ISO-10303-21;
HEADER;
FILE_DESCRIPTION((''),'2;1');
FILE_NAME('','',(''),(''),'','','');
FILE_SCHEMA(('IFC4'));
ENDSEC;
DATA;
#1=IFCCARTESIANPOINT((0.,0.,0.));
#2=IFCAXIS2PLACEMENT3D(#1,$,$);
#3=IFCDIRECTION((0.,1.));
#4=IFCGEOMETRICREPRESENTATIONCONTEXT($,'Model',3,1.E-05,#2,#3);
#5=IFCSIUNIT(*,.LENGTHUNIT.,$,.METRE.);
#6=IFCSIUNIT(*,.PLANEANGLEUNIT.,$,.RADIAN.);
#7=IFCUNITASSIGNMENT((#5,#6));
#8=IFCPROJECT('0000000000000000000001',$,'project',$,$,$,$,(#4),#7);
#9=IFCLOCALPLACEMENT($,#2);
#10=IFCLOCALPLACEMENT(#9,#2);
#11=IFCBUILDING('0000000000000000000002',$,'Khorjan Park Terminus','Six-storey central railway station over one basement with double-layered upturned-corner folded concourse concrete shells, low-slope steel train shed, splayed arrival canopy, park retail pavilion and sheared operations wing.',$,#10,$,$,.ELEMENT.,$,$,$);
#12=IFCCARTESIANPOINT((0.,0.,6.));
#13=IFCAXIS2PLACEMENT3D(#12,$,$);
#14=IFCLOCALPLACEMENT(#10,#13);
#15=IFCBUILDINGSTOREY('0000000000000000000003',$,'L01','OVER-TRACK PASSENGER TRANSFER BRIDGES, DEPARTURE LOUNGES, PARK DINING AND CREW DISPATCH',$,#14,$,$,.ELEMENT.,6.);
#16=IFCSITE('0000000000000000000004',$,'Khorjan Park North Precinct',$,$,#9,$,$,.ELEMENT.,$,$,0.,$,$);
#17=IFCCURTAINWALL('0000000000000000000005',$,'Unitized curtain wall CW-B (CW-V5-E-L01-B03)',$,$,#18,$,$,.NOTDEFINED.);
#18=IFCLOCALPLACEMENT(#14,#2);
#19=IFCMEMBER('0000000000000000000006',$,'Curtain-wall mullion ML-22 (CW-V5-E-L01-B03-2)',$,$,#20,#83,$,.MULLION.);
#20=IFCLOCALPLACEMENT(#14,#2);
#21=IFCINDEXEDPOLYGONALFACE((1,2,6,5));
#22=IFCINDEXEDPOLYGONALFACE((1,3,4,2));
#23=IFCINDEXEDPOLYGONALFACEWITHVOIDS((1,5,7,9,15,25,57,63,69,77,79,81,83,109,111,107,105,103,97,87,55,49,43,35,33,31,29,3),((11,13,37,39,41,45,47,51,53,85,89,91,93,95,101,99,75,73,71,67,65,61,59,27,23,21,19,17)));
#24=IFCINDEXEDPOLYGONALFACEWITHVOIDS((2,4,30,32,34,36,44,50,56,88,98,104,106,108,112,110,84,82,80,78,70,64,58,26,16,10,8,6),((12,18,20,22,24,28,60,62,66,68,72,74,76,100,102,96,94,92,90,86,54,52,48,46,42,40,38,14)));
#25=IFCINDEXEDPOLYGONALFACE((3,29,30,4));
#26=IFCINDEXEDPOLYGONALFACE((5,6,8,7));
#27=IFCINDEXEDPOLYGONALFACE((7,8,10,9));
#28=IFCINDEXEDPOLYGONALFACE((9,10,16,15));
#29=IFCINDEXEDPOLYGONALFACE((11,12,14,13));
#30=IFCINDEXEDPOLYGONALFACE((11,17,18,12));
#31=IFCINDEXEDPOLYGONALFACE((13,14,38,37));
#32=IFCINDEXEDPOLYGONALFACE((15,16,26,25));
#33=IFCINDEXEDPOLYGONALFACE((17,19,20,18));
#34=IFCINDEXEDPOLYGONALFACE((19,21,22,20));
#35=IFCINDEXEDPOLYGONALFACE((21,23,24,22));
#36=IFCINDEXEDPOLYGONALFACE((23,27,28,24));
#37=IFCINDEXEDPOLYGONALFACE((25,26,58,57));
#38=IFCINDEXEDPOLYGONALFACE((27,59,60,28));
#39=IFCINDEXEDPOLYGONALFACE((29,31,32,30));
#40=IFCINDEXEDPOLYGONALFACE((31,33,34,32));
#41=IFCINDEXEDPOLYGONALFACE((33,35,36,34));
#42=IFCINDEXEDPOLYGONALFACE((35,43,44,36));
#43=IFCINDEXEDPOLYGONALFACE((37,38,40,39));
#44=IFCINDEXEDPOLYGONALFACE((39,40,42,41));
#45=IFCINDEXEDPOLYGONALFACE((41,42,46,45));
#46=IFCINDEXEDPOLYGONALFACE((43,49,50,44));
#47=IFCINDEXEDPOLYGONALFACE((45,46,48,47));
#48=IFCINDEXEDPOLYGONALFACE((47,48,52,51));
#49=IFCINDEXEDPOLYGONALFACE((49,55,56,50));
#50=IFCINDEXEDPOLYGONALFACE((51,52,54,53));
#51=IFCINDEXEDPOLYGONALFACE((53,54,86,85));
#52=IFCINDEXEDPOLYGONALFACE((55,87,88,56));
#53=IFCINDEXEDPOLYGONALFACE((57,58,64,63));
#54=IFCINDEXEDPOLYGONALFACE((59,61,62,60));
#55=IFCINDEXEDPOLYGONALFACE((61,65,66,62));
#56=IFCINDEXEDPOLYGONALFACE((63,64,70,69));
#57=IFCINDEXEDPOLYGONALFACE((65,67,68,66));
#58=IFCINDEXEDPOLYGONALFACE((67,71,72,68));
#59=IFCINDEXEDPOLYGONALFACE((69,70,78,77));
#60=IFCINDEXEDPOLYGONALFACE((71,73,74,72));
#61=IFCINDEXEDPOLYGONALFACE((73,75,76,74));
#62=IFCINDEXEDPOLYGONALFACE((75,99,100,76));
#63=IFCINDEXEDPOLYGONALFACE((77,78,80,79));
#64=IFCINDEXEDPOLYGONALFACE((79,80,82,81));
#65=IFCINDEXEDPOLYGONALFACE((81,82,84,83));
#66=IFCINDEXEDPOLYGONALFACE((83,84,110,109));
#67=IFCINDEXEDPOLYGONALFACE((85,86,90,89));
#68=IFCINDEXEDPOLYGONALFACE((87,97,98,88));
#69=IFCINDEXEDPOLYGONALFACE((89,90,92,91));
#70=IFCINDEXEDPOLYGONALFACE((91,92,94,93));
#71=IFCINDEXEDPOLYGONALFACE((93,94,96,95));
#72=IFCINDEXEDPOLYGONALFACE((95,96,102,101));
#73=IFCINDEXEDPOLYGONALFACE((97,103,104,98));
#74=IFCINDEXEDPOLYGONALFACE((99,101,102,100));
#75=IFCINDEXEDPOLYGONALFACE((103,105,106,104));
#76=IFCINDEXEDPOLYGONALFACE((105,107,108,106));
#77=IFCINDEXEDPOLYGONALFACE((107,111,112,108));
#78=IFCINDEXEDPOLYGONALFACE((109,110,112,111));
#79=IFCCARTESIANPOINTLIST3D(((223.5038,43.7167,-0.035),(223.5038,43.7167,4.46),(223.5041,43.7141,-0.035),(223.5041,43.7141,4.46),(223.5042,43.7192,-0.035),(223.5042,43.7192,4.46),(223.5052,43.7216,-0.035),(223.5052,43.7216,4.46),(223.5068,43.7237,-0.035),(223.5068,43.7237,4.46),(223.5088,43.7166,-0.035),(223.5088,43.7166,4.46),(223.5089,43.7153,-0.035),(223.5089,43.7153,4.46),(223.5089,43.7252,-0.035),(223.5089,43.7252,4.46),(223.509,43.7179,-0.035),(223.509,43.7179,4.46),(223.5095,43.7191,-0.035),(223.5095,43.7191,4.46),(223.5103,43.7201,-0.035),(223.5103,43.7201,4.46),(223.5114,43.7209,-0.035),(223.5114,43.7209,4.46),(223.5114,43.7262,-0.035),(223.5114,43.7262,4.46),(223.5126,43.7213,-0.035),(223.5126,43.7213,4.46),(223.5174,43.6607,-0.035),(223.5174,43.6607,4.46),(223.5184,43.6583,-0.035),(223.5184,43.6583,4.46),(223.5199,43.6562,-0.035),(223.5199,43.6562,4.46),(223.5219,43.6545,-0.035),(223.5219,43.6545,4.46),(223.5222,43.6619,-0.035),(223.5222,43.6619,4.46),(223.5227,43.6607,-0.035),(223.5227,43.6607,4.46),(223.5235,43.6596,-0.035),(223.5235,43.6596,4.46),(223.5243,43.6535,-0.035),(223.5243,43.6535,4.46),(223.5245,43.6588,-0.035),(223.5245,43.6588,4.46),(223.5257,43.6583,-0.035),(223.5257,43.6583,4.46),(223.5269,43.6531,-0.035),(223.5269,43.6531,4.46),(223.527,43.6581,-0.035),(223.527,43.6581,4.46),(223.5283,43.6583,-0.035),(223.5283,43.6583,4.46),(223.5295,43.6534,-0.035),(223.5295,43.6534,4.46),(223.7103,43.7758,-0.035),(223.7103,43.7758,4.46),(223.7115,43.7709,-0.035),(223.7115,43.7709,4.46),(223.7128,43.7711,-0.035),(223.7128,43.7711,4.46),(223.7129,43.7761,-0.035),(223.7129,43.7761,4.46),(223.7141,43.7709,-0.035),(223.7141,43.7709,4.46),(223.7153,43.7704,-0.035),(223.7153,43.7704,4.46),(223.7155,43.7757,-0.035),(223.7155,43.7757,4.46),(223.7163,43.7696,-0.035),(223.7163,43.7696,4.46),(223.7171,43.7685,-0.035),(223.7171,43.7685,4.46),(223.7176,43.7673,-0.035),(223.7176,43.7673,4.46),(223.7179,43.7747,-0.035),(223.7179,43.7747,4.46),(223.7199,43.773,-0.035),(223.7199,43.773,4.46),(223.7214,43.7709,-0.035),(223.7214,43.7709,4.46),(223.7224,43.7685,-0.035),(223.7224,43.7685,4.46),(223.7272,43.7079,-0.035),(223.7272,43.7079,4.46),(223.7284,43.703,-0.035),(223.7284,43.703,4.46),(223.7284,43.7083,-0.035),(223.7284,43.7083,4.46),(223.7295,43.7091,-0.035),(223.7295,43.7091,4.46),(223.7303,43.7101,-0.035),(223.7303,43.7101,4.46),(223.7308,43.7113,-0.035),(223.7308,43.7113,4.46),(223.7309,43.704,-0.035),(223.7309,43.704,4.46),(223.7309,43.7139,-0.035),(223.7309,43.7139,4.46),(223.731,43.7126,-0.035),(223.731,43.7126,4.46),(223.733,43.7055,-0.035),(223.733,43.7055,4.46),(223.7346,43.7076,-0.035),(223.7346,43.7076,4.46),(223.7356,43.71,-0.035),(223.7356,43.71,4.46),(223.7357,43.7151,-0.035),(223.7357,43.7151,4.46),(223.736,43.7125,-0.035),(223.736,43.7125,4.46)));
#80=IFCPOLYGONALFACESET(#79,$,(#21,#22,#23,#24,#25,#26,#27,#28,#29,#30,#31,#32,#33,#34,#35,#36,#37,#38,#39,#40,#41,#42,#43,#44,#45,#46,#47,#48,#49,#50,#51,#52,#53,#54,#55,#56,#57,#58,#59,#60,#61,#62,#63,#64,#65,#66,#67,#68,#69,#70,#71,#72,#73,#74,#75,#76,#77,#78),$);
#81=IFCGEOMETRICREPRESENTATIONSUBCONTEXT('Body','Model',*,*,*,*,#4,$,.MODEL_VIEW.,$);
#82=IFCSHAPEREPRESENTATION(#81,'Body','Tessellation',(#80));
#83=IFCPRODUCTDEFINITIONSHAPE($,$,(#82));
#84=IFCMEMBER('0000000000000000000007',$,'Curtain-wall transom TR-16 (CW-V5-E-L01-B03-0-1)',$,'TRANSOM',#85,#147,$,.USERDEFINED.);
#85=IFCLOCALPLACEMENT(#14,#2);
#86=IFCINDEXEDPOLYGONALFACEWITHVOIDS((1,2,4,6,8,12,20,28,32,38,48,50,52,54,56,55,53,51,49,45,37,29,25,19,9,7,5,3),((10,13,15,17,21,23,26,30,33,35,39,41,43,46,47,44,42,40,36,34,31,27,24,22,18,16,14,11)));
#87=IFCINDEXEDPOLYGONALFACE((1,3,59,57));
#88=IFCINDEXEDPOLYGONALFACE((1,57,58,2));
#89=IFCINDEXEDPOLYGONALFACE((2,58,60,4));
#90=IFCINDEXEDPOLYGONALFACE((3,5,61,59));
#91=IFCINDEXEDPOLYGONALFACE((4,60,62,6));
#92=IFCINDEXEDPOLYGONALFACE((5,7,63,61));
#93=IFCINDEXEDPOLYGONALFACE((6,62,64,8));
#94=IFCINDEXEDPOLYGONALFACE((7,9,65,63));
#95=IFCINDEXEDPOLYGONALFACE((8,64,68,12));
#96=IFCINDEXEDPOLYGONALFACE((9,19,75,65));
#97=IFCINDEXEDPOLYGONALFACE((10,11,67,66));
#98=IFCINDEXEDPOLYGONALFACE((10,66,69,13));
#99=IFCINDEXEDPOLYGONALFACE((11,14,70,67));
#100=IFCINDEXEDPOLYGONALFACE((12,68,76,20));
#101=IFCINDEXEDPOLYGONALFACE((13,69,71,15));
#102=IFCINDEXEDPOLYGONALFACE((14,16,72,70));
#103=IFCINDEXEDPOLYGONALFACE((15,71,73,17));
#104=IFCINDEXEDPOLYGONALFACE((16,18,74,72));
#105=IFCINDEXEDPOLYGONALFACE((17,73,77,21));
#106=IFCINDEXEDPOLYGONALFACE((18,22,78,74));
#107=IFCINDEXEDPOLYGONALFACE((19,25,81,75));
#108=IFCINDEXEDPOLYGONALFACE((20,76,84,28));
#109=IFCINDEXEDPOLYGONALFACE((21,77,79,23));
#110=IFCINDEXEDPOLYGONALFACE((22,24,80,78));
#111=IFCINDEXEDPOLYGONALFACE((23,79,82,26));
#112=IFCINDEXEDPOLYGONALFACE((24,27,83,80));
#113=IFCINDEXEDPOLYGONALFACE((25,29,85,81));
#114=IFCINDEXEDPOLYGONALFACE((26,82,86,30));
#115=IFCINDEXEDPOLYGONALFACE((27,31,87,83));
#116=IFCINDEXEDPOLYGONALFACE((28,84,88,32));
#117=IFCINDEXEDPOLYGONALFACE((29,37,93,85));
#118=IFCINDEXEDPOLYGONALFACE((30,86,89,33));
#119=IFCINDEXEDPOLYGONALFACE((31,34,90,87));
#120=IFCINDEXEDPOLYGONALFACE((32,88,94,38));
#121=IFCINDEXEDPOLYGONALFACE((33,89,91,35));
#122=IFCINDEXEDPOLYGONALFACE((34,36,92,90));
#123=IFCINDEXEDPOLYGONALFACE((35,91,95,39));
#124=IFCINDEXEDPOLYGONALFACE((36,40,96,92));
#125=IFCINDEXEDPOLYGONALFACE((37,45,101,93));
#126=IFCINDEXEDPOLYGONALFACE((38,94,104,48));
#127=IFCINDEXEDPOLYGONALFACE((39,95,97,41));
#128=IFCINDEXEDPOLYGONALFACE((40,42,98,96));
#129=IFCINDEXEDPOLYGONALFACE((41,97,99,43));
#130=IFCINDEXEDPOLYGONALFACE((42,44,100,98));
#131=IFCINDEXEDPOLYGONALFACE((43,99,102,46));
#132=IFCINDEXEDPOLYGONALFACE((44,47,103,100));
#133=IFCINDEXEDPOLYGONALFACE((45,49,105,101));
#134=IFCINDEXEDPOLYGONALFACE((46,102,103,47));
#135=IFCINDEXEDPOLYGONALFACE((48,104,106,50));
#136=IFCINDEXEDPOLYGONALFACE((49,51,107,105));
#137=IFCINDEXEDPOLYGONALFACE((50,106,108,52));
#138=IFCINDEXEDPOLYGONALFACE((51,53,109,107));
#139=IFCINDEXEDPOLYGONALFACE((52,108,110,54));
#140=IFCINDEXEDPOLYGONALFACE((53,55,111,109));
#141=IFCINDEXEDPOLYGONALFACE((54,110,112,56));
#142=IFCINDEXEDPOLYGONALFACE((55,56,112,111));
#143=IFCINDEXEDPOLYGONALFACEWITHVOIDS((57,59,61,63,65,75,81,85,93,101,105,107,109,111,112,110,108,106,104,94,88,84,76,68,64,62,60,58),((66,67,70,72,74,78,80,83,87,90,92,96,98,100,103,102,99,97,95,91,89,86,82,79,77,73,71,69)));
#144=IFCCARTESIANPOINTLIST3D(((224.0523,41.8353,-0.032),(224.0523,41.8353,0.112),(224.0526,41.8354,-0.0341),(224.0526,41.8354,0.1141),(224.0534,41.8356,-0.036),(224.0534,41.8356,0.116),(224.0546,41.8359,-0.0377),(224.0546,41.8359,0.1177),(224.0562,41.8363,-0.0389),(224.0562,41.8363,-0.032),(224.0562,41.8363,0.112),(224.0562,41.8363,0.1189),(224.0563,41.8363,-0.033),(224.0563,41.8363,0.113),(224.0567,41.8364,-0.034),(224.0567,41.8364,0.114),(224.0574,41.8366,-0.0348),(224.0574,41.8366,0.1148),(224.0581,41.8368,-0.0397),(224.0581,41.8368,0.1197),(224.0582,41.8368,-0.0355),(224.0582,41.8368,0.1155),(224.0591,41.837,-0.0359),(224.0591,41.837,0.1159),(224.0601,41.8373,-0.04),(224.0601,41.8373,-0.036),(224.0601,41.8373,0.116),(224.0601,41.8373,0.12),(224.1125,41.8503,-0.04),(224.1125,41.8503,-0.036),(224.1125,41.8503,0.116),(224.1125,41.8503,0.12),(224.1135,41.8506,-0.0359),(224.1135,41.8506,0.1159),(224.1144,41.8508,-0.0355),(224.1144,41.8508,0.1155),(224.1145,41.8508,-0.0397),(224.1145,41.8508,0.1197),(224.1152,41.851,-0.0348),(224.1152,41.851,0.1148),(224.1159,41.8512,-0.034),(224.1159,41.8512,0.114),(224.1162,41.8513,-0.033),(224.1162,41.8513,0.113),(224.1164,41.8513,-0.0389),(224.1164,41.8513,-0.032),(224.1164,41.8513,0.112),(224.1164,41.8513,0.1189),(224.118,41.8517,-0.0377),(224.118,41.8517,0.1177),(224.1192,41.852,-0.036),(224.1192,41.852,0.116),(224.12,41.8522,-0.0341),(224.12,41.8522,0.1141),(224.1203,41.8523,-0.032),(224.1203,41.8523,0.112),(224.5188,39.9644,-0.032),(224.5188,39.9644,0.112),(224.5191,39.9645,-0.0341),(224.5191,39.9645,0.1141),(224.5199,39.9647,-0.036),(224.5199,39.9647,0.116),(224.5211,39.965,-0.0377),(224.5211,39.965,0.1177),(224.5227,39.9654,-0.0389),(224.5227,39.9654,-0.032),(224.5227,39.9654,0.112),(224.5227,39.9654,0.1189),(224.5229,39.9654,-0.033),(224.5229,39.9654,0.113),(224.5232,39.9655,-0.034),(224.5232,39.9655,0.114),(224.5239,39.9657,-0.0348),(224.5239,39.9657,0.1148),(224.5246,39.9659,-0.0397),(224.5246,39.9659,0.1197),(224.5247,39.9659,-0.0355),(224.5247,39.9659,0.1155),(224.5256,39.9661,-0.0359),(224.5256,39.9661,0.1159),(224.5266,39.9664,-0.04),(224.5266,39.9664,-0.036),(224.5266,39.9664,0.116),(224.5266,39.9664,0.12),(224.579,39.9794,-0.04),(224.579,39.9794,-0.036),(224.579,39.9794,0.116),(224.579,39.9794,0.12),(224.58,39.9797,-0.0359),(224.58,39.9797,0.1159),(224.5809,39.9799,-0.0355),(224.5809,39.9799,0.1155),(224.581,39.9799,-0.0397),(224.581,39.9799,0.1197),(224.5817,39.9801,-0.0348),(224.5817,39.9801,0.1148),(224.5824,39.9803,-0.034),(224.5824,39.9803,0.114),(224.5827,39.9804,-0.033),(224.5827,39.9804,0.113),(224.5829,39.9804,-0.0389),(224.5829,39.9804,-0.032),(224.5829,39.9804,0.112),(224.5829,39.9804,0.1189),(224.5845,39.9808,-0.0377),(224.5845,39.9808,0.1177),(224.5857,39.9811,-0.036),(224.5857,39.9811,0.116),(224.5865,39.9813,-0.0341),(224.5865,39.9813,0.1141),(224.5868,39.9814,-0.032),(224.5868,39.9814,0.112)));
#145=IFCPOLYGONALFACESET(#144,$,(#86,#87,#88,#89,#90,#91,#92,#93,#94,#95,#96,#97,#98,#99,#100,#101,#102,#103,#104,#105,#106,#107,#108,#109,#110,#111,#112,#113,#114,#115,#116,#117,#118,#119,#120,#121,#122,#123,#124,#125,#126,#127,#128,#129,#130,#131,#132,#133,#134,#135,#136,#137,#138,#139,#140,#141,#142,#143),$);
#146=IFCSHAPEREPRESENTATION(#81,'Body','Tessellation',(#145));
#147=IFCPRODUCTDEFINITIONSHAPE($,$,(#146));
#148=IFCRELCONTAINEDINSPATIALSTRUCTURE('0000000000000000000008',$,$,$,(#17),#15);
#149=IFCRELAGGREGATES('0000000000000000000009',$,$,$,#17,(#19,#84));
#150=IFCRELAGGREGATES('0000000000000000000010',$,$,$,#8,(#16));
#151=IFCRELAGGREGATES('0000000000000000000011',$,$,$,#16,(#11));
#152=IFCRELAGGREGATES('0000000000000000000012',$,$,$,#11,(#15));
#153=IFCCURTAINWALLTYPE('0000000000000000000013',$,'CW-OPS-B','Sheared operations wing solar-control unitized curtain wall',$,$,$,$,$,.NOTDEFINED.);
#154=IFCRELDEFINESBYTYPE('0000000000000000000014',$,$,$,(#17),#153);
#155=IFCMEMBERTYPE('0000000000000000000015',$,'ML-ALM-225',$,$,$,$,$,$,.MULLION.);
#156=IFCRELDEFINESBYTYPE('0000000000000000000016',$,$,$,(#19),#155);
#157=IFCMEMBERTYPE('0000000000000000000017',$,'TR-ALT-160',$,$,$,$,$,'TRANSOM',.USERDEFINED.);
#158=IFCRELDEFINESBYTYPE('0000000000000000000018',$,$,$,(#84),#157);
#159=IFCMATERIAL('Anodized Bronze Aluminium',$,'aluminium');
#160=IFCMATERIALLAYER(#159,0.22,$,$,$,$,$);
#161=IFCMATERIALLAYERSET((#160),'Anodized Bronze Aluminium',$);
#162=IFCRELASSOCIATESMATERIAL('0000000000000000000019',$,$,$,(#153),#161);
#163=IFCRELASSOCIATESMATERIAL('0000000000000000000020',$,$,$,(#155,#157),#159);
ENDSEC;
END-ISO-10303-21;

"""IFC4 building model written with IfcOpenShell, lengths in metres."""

from ifc_helpers import new_model, si_unit, direction, frame, origin, origin_2d, place, context, subcontext, project, spatial, hollow_rectangle, extrude, material, layer, layer_set, material_profile, profile_set, type_object, element, aggregate, save


model = new_model("IFC4")

# Units and contexts
model_context = context("Model", 3, precision=1e-05, world=origin(), true_north=direction((0.0, 1.0)))
body_context = subcontext(model_context, "Body", "Model", "MODEL_VIEW")
ifc_project = project(units=[si_unit("LENGTHUNIT", "METRE"), si_unit("PLANEANGLEUNIT", "RADIAN")], contexts=[model_context])

# Site, building, storey
site_placement = place(None, origin())
site = spatial("IfcSite", under=ifc_project, at=site_placement, Name="Khorjan Park North Precinct", CompositionType="ELEMENT", RefElevation=0.0)
building_placement = place(site_placement, origin())
building = spatial("IfcBuilding", under=site, at=building_placement, Name="Khorjan Park Terminus", Description="Six-storey central railway station over one basement with double-layered upturned-corner folded concourse concrete shells, low-slope steel train shed, splayed arrival canopy, park retail pavilion and sheared operations wing.", CompositionType="ELEMENT")
storey_placement = place(building_placement, frame((0.0, 0.0, 6.0)))
storey = spatial("IfcBuildingStorey", under=building, at=storey_placement, Name="L01", Description="OVER-TRACK PASSENGER TRANSFER BRIDGES, DEPARTURE LOUNGES, PARK DINING AND CREW DISPATCH", CompositionType="ELEMENT", Elevation=6.0)

# Curtain wall, members
ifc_material_1 = material(Name="Anodized Bronze Aluminium", Category="aluminium")
ifc_layer_1 = layer(ifc_material_1, 0.22)
ifc_layer_set_1 = layer_set([ifc_layer_1], Name="Anodized Bronze Aluminium")
curtain_wall_type = type_object("IfcCurtainWallType", Name="CW-OPS-B", Description="Sheared operations wing solar-control unitized curtain wall", PredefinedType="NOTDEFINED", material=ifc_layer_set_1)
curtain_wall_placement = place(storey_placement, origin())
curtain_wall = element("IfcCurtainWall", 1, at=curtain_wall_placement, inside=storey, type_object=curtain_wall_type, Name="Unitized curtain wall CW-B (CW-V5-E-L01-B03)", PredefinedType="NOTDEFINED")
ifc_material_profile_1 = material_profile(ifc_material_1, hollow_rectangle(XDim=0.075, YDim=0.225, WallThickness=0.005, InnerFilletRadius=0.005, OuterFilletRadius=0.01, at=origin_2d()), Name="ALM 75x225x5")
ifc_profile_set_1 = profile_set([ifc_material_profile_1], Name="Anodized Bronze Aluminium")
member_type_1 = type_object("IfcMemberType", Name="ML-ALM-225", PredefinedType="MULLION", material=ifc_profile_set_1)
member_1_placement = place(storey_placement, frame((223.6199, 43.7146, -0.035), z_axis=(0.0, 0.0, 1.0), x_axis=(-0.241923, 0.970295, 0.0)))
member_1 = element("IfcMember", 2, at=member_1_placement, type_object=member_type_1, Name="Curtain-wall mullion ML-22 (CW-V5-E-L01-B03-2)", PredefinedType="MULLION", context=body_context, shape_type="SweptSolid", body=[
    extrude(hollow_rectangle(XDim=0.075, YDim=0.225, WallThickness=0.005, InnerFilletRadius=0.005, OuterFilletRadius=0.01, at=origin_2d()), origin(), (0.0, 0.0, 1.0), 4.495),
])
ifc_material_profile_2 = material_profile(ifc_material_1, hollow_rectangle(XDim=0.07, YDim=0.16, WallThickness=0.004, InnerFilletRadius=0.004, OuterFilletRadius=0.008, at=origin_2d()), Name="ALT 70x160x4")
ifc_profile_set_2 = profile_set([ifc_material_profile_2], Name="Anodized Bronze Aluminium")
member_type_2 = type_object("IfcMemberType", Name="TR-ALT-160", ElementType="TRANSOM", PredefinedType="USERDEFINED", material=ifc_profile_set_2)
member_2_placement = place(storey_placement, frame((224.5528, 39.9729, 0.04), z_axis=(-0.241938, 0.970292, 0.0), x_axis=(-0.970292, -0.241938, 0.0)))
member_2 = element("IfcMember", 3, at=member_2_placement, type_object=member_type_2, Name="Curtain-wall transom TR-16 (CW-V5-E-L01-B03-0-1)", ObjectType="TRANSOM", PredefinedType="USERDEFINED", context=body_context, shape_type="SweptSolid", body=[
    extrude(hollow_rectangle(XDim=0.07, YDim=0.16, WallThickness=0.004, InnerFilletRadius=0.004, OuterFilletRadius=0.008, at=origin_2d()), origin(), (0.0, 0.0, 1.0), 1.9282),
])
aggregate(curtain_wall, [member_1, member_2])

save(model, "model.ifc")
